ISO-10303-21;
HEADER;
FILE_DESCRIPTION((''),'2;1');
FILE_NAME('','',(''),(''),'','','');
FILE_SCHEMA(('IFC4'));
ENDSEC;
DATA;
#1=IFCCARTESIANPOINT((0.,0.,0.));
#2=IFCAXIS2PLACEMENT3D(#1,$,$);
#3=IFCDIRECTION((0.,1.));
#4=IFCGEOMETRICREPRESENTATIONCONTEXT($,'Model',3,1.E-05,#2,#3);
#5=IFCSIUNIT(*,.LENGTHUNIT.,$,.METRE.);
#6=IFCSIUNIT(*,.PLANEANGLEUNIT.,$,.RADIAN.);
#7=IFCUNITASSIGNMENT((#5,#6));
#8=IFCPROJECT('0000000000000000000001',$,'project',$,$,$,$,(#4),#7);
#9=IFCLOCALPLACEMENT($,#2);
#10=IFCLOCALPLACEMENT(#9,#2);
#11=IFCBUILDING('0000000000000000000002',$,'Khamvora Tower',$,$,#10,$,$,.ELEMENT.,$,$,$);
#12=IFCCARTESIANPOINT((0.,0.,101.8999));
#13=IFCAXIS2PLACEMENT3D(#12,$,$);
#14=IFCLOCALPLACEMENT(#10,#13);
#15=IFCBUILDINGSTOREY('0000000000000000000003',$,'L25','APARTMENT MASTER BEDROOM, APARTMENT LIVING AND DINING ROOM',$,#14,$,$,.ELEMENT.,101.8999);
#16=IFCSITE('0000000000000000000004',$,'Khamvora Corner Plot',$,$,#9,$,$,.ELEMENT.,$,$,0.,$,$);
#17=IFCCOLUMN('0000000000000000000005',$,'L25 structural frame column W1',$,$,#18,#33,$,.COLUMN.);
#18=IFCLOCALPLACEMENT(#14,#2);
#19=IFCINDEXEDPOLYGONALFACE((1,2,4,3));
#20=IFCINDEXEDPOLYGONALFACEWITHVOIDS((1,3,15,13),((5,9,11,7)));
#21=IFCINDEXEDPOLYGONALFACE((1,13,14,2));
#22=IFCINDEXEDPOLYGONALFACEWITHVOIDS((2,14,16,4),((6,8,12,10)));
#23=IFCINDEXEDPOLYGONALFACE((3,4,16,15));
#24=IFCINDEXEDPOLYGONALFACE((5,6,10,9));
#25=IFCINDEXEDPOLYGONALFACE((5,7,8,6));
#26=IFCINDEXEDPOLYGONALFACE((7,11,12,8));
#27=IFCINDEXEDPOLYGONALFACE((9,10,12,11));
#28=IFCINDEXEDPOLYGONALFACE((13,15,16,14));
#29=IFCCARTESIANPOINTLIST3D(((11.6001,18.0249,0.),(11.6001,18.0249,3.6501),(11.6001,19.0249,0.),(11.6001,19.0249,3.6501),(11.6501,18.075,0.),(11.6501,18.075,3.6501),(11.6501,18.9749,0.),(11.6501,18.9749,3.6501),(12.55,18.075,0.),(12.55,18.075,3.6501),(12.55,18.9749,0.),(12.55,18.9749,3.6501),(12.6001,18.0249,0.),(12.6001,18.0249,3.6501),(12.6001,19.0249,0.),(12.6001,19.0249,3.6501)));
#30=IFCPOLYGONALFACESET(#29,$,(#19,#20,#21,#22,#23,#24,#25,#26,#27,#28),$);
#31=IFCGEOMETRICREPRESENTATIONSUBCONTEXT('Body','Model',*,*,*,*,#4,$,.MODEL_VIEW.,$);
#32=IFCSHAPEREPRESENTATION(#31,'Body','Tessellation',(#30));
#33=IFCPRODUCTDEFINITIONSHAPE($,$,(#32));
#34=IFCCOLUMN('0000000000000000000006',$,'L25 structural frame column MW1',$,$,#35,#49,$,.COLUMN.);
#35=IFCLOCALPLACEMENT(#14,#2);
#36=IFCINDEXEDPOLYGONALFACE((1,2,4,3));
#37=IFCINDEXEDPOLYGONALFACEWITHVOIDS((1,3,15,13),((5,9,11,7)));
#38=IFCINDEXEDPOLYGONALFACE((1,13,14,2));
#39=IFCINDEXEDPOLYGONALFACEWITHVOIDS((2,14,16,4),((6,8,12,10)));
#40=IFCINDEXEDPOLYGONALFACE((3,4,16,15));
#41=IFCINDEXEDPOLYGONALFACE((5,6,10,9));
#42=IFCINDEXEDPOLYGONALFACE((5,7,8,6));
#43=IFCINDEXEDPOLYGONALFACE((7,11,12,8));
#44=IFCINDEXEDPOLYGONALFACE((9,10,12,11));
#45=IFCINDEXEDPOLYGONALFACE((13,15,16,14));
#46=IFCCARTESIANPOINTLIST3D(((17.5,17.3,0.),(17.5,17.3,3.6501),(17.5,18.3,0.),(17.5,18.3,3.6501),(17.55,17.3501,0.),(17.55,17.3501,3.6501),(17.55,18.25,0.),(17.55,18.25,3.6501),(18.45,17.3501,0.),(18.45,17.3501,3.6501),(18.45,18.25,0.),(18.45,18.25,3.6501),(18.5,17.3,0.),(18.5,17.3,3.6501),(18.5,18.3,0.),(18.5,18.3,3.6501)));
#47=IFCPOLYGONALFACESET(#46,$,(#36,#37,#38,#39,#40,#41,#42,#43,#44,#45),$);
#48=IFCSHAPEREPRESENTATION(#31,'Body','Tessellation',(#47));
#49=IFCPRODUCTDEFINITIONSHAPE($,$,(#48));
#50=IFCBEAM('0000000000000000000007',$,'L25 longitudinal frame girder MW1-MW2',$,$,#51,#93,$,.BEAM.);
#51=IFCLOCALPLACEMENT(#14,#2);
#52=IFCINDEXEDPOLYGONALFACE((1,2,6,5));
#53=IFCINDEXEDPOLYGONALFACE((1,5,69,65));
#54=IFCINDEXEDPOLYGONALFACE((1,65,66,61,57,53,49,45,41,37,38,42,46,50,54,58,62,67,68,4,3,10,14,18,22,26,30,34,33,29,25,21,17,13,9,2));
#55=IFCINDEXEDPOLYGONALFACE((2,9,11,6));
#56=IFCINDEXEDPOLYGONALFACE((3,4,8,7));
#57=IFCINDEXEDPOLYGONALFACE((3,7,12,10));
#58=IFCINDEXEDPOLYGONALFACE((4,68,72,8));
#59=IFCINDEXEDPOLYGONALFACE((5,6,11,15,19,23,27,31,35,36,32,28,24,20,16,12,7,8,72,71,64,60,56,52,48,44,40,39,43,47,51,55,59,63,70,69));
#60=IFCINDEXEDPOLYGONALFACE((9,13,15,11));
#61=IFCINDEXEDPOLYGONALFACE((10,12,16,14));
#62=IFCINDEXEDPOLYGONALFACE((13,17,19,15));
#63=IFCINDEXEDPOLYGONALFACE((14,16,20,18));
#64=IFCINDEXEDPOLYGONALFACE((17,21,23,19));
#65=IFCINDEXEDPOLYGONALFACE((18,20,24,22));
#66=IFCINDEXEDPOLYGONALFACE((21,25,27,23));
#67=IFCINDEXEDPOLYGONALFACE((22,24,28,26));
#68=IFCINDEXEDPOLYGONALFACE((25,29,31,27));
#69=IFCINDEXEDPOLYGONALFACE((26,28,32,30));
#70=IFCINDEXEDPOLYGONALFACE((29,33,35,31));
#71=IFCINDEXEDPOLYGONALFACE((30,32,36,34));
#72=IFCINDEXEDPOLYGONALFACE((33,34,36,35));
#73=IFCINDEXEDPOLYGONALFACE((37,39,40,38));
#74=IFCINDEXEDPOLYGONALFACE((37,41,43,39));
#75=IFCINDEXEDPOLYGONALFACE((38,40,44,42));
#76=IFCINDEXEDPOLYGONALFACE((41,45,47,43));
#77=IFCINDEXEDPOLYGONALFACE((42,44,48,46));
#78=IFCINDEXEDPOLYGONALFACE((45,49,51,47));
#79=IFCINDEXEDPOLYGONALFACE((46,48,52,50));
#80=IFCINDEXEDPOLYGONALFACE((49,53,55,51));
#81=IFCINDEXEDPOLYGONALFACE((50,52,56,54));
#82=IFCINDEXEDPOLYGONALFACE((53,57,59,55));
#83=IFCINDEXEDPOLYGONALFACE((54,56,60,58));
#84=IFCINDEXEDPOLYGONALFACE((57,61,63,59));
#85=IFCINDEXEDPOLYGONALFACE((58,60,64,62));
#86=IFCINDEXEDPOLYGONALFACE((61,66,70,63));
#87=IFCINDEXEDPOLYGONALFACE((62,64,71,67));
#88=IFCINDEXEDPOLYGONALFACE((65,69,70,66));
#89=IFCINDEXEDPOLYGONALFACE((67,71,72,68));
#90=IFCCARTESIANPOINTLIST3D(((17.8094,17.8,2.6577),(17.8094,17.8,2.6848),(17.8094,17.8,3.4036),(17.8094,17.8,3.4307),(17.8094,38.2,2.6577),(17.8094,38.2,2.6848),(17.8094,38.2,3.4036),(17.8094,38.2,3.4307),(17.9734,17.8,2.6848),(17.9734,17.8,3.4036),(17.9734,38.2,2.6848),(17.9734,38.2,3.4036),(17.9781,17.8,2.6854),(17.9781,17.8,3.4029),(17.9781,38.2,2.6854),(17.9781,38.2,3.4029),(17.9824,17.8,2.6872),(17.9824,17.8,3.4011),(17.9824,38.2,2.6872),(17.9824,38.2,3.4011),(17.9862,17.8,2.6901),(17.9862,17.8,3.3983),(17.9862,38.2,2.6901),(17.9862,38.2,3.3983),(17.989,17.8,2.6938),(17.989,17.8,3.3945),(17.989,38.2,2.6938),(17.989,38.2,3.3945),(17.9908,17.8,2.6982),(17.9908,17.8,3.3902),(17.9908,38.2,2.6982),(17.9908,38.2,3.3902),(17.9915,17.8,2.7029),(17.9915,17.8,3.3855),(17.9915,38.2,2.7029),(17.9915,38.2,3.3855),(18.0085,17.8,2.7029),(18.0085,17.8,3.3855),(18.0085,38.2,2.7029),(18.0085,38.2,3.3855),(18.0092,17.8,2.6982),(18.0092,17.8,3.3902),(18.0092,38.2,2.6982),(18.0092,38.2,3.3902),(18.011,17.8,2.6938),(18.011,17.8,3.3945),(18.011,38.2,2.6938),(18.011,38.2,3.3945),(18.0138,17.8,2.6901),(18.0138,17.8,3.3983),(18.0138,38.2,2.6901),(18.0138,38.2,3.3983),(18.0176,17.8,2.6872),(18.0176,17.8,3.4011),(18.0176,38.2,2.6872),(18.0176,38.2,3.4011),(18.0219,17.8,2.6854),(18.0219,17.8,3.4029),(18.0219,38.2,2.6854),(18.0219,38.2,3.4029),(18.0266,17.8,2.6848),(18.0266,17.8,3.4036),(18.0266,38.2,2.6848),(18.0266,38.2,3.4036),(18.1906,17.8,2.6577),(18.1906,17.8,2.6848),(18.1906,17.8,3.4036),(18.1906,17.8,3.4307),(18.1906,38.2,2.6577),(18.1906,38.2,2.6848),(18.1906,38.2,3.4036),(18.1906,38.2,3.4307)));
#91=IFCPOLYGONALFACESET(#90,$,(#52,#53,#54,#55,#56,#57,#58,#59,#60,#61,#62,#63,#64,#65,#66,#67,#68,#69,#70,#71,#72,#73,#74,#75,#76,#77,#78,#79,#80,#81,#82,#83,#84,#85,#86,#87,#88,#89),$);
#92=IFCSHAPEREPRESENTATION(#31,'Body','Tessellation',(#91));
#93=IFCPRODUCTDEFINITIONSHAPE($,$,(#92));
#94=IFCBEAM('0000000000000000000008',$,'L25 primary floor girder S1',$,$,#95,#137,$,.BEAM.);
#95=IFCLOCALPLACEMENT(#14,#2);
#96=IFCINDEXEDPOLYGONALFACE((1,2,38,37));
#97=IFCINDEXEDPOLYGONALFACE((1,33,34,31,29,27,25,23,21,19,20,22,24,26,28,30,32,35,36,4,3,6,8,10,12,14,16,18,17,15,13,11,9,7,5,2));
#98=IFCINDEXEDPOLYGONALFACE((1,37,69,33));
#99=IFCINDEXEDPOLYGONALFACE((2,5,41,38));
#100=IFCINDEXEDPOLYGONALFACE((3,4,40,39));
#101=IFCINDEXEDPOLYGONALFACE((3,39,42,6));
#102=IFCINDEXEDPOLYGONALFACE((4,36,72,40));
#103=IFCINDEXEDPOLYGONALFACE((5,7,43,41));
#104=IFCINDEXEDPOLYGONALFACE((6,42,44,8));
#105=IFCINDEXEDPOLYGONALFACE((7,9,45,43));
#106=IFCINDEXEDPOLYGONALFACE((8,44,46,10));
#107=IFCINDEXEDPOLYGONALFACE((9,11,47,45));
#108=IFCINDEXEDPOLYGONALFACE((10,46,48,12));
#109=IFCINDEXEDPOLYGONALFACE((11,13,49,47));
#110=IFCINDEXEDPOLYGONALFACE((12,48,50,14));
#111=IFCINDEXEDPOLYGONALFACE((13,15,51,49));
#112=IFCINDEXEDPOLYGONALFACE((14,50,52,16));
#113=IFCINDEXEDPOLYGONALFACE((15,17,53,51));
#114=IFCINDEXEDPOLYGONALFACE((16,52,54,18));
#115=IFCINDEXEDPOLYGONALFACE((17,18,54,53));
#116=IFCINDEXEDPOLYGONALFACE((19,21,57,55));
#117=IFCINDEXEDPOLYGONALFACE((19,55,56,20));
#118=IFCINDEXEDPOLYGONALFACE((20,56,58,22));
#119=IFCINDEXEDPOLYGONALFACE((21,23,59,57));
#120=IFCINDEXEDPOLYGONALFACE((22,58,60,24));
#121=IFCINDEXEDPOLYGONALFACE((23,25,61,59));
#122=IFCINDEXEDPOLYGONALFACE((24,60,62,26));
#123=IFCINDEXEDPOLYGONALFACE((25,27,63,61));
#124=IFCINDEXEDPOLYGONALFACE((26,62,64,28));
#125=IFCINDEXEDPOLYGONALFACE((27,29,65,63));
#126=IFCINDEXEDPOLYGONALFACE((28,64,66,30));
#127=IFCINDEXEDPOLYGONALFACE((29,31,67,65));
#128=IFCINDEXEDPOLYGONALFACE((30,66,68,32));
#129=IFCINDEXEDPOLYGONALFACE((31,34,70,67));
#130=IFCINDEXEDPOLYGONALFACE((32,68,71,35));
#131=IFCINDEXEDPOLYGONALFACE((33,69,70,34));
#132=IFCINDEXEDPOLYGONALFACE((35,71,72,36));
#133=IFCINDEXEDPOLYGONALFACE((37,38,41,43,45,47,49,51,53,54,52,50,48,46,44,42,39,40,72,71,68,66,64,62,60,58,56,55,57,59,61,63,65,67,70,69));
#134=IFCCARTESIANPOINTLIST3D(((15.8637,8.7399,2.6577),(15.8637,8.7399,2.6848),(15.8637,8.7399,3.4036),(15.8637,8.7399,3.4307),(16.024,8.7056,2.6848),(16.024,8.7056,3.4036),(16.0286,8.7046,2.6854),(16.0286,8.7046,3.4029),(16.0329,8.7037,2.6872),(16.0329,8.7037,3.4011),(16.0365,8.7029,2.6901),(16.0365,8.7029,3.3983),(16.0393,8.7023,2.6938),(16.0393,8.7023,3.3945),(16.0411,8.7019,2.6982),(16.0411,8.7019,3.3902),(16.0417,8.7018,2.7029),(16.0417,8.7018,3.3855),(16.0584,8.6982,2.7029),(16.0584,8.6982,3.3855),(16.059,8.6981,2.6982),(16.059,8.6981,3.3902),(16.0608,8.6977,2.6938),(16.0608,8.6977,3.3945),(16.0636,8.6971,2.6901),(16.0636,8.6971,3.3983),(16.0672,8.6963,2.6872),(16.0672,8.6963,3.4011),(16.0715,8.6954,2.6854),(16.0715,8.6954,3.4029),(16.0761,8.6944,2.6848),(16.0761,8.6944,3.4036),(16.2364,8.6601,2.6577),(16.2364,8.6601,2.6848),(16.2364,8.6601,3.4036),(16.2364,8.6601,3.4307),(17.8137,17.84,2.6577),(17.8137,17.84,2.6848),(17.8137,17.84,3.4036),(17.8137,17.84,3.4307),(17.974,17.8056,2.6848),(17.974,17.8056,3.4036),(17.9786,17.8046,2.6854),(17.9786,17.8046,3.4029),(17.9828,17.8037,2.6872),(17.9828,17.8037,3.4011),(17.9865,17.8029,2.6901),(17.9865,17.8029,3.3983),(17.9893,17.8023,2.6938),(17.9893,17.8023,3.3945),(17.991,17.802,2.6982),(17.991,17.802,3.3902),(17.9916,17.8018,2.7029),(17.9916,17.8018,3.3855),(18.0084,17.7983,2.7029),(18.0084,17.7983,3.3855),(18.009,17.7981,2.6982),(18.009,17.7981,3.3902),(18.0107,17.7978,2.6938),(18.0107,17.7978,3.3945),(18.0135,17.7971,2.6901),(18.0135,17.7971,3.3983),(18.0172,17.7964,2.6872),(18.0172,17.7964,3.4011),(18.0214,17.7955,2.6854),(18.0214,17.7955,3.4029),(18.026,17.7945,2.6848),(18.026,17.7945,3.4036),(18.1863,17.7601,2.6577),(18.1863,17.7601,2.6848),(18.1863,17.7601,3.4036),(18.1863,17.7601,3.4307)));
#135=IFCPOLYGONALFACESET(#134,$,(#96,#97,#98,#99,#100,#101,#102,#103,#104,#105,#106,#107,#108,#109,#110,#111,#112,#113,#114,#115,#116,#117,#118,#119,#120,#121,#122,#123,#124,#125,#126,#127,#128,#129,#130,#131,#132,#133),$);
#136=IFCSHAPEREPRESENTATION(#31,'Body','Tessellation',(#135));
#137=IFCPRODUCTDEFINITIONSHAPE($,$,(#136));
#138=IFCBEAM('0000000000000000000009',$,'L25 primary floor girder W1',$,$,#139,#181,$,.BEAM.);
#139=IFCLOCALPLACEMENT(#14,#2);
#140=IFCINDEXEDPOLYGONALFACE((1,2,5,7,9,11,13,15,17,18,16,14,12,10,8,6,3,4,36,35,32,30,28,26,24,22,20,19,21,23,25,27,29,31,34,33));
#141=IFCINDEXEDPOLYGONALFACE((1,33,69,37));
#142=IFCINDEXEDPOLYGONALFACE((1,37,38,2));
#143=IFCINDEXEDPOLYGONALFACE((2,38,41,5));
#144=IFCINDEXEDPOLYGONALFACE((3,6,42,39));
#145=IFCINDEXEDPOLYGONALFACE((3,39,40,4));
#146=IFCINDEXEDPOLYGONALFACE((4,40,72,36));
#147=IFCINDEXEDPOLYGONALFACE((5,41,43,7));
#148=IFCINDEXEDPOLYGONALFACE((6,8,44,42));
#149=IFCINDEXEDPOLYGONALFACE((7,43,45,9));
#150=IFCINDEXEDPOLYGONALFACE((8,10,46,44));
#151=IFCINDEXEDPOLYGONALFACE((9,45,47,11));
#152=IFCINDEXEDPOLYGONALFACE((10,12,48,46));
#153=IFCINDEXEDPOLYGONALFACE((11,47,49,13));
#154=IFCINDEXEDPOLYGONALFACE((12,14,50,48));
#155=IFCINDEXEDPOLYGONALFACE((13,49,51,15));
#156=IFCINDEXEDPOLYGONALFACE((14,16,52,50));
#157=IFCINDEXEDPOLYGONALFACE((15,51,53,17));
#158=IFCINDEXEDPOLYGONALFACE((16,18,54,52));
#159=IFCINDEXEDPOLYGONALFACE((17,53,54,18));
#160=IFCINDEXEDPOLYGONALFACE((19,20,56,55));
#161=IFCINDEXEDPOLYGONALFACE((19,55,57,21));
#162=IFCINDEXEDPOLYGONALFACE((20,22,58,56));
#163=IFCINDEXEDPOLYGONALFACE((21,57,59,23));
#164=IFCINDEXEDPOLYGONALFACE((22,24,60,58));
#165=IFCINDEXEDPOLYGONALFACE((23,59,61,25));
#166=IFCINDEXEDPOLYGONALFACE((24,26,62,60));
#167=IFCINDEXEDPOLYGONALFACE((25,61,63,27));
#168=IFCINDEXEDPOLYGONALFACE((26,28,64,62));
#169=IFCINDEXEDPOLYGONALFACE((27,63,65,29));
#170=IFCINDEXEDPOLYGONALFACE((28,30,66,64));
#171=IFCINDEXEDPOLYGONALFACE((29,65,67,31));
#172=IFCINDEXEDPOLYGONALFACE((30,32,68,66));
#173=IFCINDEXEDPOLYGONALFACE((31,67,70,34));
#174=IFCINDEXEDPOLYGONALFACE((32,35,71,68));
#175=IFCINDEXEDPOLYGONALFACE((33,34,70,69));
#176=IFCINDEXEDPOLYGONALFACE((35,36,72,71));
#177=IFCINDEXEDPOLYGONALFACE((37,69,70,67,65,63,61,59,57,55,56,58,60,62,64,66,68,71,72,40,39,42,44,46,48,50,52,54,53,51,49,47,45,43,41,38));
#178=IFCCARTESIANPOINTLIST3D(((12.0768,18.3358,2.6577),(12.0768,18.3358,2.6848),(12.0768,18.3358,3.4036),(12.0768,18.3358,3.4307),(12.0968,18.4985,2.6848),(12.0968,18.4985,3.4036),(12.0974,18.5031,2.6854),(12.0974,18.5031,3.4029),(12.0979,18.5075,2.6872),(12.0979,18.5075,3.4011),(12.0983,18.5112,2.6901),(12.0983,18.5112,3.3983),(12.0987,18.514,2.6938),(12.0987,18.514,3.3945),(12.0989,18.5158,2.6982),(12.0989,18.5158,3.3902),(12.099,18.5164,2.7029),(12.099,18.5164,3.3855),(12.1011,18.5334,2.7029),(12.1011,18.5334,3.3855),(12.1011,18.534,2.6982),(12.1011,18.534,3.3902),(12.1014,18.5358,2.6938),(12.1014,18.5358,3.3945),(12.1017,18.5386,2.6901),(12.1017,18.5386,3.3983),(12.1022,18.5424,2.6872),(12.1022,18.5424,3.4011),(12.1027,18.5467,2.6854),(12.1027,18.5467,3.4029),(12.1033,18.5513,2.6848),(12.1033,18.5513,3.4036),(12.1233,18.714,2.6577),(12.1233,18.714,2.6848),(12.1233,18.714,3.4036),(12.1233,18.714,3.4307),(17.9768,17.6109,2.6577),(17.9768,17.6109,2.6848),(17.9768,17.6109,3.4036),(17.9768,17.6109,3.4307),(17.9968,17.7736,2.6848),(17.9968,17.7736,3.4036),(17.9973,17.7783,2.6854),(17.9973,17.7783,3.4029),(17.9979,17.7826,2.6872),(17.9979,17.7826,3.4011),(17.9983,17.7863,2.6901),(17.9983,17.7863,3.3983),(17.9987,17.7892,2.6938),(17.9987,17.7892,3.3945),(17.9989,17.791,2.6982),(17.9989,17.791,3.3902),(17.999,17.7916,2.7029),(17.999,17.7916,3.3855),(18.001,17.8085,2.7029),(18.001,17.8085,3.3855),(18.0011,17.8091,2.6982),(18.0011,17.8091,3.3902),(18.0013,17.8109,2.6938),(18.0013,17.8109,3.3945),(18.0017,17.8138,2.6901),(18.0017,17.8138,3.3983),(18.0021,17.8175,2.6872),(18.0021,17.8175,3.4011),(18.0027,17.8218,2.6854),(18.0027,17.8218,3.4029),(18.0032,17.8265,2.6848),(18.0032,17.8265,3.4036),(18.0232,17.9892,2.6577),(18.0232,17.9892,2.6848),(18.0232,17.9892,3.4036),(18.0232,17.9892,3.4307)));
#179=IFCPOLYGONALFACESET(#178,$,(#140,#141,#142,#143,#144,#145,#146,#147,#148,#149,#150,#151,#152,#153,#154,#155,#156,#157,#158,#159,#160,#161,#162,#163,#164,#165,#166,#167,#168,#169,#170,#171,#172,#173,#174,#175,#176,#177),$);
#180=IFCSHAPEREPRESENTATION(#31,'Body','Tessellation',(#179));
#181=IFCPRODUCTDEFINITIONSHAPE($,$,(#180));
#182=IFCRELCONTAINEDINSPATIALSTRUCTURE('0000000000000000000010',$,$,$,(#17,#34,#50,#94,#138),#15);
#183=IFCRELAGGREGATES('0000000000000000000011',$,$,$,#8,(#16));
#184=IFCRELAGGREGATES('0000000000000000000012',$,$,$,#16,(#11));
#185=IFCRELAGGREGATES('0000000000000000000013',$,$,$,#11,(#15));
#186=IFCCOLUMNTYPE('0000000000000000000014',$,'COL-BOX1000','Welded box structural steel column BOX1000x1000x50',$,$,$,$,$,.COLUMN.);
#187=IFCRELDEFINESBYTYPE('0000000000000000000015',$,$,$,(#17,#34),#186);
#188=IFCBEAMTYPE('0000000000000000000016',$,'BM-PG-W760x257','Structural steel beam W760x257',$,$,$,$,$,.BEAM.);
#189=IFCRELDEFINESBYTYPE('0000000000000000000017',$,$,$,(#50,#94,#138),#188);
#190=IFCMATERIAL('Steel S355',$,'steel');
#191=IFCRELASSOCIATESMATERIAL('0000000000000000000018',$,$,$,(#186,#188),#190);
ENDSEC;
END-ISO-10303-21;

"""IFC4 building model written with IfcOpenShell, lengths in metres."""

from ifc_helpers import new_model, si_unit, direction, frame, origin, origin_2d, place, context, subcontext, project, spatial, hollow_rectangle, i_section, extrude, material, material_profile, profile_set, type_object, element, save


model = new_model("IFC4")

# Units and contexts
model_context = context("Model", 3, precision=1e-05, world=origin(), true_north=direction((0.0, 1.0)))
body_context = subcontext(model_context, "Body", "Model", "MODEL_VIEW")
ifc_project = project(units=[si_unit("LENGTHUNIT", "METRE"), si_unit("PLANEANGLEUNIT", "RADIAN")], contexts=[model_context])

# Site, building, storey
site_placement = place(None, origin())
site = spatial("IfcSite", under=ifc_project, at=site_placement, Name="Khamvora Corner Plot", CompositionType="ELEMENT", RefElevation=0.0)
building_placement = place(site_placement, origin())
building = spatial("IfcBuilding", under=site, at=building_placement, Name="Khamvora Tower", CompositionType="ELEMENT")
storey_placement = place(building_placement, frame((0.0, 0.0, 101.8999)))
storey = spatial("IfcBuildingStorey", under=building, at=storey_placement, Name="L25", Description="APARTMENT MASTER BEDROOM, APARTMENT LIVING AND DINING ROOM", CompositionType="ELEMENT", Elevation=101.8999)

# Columns
ifc_material_1 = material(Name="Steel S355", Category="steel")
ifc_material_profile_1 = material_profile(ifc_material_1, hollow_rectangle(XDim=1.0, YDim=1.0, WallThickness=0.05, at=origin_2d()), Name="BOX1000x1000x50")
ifc_profile_set_1 = profile_set([ifc_material_profile_1], Name="Steel S355")
column_type = type_object("IfcColumnType", Name="COL-BOX1000", Description="Welded box structural steel column BOX1000x1000x50", PredefinedType="COLUMN", material=ifc_profile_set_1)
for number, where, z_axis, x_axis, name in (
    (1, (12.1001, 18.5249, 0.0), (0.0, 0.0, 1.0), (1.0, 0.0, 0.0), "L25 structural frame column W1"),
    (2, (18.0, 17.8, 0.0), (0.0, 0.0, 1.0), (1.0, 0.0, 0.0), "L25 structural frame column MW1"),
):
    element("IfcColumn", number, at=place(storey_placement, frame(where, z_axis=z_axis, x_axis=x_axis)), inside=storey, type_object=column_type, Name=name, PredefinedType="COLUMN", context=body_context, shape_type="SweptSolid", body=[
        extrude(hollow_rectangle(XDim=1.0, YDim=1.0, WallThickness=0.05, at=origin_2d()), origin(), (0.0, 0.0, 1.0), 3.6501),
    ])

# Beams
ifc_material_profile_2 = material_profile(ifc_material_1, i_section(OverallWidth=0.3811, OverallDepth=0.7729, WebThickness=0.0171, FlangeThickness=0.0271, FilletRadius=0.0181, at=origin_2d()), Name="W760x257")
ifc_profile_set_2 = profile_set([ifc_material_profile_2], Name="Steel S355")
beam_type_1 = type_object("IfcBeamType", Name="BM-PG-W760x257", Description="Structural steel beam W760x257", PredefinedType="BEAM", material=ifc_profile_set_2)
beam_1_placement = place(storey_placement, frame((18.0, 17.8, 3.0442), z_axis=(0.0, 1.0, 0.0), x_axis=(-1.0, 0.0, 0.0)))
element("IfcBeam", 3, at=beam_1_placement, inside=storey, type_object=beam_type_1, Name="L25 longitudinal frame girder MW1-MW2", PredefinedType="BEAM", context=body_context, shape_type="SweptSolid", body=[
    extrude(i_section(OverallWidth=0.3811, OverallDepth=0.7729, WebThickness=0.0171, FlangeThickness=0.0271, FilletRadius=0.0181, at=origin_2d()), origin(), (0.0, 0.0, 1.0), 20.3999),
])
beam_2_placement = place(storey_placement, frame((18.0, 17.8, 3.0442), z_axis=(-0.209522, -0.977804, 0.0), x_axis=(0.977804, -0.209522, 0.0)))
element("IfcBeam", 4, at=beam_2_placement, inside=storey, type_object=beam_type_1, Name="L25 primary floor girder S1", PredefinedType="BEAM", context=body_context, shape_type="SweptSolid", body=[
    extrude(i_section(OverallWidth=0.3811, OverallDepth=0.7729, WebThickness=0.0171, FlangeThickness=0.0271, FilletRadius=0.0181, at=origin_2d()), origin(), (0.0, 0.0, 1.0), 9.3066),
])
beam_3_placement = place(storey_placement, frame((18.0, 17.8, 3.0442), z_axis=(-0.992537, 0.121942, 0.0), x_axis=(-0.121942, -0.992537, 0.0)))
element("IfcBeam", 5, at=beam_3_placement, inside=storey, type_object=beam_type_1, Name="L25 primary floor girder W1", PredefinedType="BEAM", context=body_context, shape_type="SweptSolid", body=[
    extrude(i_section(OverallWidth=0.3811, OverallDepth=0.7729, WebThickness=0.0171, FlangeThickness=0.0271, FilletRadius=0.0181, at=origin_2d()), origin(), (0.0, 0.0, 1.0), 5.9443),
])

save(model, "model.ifc")
